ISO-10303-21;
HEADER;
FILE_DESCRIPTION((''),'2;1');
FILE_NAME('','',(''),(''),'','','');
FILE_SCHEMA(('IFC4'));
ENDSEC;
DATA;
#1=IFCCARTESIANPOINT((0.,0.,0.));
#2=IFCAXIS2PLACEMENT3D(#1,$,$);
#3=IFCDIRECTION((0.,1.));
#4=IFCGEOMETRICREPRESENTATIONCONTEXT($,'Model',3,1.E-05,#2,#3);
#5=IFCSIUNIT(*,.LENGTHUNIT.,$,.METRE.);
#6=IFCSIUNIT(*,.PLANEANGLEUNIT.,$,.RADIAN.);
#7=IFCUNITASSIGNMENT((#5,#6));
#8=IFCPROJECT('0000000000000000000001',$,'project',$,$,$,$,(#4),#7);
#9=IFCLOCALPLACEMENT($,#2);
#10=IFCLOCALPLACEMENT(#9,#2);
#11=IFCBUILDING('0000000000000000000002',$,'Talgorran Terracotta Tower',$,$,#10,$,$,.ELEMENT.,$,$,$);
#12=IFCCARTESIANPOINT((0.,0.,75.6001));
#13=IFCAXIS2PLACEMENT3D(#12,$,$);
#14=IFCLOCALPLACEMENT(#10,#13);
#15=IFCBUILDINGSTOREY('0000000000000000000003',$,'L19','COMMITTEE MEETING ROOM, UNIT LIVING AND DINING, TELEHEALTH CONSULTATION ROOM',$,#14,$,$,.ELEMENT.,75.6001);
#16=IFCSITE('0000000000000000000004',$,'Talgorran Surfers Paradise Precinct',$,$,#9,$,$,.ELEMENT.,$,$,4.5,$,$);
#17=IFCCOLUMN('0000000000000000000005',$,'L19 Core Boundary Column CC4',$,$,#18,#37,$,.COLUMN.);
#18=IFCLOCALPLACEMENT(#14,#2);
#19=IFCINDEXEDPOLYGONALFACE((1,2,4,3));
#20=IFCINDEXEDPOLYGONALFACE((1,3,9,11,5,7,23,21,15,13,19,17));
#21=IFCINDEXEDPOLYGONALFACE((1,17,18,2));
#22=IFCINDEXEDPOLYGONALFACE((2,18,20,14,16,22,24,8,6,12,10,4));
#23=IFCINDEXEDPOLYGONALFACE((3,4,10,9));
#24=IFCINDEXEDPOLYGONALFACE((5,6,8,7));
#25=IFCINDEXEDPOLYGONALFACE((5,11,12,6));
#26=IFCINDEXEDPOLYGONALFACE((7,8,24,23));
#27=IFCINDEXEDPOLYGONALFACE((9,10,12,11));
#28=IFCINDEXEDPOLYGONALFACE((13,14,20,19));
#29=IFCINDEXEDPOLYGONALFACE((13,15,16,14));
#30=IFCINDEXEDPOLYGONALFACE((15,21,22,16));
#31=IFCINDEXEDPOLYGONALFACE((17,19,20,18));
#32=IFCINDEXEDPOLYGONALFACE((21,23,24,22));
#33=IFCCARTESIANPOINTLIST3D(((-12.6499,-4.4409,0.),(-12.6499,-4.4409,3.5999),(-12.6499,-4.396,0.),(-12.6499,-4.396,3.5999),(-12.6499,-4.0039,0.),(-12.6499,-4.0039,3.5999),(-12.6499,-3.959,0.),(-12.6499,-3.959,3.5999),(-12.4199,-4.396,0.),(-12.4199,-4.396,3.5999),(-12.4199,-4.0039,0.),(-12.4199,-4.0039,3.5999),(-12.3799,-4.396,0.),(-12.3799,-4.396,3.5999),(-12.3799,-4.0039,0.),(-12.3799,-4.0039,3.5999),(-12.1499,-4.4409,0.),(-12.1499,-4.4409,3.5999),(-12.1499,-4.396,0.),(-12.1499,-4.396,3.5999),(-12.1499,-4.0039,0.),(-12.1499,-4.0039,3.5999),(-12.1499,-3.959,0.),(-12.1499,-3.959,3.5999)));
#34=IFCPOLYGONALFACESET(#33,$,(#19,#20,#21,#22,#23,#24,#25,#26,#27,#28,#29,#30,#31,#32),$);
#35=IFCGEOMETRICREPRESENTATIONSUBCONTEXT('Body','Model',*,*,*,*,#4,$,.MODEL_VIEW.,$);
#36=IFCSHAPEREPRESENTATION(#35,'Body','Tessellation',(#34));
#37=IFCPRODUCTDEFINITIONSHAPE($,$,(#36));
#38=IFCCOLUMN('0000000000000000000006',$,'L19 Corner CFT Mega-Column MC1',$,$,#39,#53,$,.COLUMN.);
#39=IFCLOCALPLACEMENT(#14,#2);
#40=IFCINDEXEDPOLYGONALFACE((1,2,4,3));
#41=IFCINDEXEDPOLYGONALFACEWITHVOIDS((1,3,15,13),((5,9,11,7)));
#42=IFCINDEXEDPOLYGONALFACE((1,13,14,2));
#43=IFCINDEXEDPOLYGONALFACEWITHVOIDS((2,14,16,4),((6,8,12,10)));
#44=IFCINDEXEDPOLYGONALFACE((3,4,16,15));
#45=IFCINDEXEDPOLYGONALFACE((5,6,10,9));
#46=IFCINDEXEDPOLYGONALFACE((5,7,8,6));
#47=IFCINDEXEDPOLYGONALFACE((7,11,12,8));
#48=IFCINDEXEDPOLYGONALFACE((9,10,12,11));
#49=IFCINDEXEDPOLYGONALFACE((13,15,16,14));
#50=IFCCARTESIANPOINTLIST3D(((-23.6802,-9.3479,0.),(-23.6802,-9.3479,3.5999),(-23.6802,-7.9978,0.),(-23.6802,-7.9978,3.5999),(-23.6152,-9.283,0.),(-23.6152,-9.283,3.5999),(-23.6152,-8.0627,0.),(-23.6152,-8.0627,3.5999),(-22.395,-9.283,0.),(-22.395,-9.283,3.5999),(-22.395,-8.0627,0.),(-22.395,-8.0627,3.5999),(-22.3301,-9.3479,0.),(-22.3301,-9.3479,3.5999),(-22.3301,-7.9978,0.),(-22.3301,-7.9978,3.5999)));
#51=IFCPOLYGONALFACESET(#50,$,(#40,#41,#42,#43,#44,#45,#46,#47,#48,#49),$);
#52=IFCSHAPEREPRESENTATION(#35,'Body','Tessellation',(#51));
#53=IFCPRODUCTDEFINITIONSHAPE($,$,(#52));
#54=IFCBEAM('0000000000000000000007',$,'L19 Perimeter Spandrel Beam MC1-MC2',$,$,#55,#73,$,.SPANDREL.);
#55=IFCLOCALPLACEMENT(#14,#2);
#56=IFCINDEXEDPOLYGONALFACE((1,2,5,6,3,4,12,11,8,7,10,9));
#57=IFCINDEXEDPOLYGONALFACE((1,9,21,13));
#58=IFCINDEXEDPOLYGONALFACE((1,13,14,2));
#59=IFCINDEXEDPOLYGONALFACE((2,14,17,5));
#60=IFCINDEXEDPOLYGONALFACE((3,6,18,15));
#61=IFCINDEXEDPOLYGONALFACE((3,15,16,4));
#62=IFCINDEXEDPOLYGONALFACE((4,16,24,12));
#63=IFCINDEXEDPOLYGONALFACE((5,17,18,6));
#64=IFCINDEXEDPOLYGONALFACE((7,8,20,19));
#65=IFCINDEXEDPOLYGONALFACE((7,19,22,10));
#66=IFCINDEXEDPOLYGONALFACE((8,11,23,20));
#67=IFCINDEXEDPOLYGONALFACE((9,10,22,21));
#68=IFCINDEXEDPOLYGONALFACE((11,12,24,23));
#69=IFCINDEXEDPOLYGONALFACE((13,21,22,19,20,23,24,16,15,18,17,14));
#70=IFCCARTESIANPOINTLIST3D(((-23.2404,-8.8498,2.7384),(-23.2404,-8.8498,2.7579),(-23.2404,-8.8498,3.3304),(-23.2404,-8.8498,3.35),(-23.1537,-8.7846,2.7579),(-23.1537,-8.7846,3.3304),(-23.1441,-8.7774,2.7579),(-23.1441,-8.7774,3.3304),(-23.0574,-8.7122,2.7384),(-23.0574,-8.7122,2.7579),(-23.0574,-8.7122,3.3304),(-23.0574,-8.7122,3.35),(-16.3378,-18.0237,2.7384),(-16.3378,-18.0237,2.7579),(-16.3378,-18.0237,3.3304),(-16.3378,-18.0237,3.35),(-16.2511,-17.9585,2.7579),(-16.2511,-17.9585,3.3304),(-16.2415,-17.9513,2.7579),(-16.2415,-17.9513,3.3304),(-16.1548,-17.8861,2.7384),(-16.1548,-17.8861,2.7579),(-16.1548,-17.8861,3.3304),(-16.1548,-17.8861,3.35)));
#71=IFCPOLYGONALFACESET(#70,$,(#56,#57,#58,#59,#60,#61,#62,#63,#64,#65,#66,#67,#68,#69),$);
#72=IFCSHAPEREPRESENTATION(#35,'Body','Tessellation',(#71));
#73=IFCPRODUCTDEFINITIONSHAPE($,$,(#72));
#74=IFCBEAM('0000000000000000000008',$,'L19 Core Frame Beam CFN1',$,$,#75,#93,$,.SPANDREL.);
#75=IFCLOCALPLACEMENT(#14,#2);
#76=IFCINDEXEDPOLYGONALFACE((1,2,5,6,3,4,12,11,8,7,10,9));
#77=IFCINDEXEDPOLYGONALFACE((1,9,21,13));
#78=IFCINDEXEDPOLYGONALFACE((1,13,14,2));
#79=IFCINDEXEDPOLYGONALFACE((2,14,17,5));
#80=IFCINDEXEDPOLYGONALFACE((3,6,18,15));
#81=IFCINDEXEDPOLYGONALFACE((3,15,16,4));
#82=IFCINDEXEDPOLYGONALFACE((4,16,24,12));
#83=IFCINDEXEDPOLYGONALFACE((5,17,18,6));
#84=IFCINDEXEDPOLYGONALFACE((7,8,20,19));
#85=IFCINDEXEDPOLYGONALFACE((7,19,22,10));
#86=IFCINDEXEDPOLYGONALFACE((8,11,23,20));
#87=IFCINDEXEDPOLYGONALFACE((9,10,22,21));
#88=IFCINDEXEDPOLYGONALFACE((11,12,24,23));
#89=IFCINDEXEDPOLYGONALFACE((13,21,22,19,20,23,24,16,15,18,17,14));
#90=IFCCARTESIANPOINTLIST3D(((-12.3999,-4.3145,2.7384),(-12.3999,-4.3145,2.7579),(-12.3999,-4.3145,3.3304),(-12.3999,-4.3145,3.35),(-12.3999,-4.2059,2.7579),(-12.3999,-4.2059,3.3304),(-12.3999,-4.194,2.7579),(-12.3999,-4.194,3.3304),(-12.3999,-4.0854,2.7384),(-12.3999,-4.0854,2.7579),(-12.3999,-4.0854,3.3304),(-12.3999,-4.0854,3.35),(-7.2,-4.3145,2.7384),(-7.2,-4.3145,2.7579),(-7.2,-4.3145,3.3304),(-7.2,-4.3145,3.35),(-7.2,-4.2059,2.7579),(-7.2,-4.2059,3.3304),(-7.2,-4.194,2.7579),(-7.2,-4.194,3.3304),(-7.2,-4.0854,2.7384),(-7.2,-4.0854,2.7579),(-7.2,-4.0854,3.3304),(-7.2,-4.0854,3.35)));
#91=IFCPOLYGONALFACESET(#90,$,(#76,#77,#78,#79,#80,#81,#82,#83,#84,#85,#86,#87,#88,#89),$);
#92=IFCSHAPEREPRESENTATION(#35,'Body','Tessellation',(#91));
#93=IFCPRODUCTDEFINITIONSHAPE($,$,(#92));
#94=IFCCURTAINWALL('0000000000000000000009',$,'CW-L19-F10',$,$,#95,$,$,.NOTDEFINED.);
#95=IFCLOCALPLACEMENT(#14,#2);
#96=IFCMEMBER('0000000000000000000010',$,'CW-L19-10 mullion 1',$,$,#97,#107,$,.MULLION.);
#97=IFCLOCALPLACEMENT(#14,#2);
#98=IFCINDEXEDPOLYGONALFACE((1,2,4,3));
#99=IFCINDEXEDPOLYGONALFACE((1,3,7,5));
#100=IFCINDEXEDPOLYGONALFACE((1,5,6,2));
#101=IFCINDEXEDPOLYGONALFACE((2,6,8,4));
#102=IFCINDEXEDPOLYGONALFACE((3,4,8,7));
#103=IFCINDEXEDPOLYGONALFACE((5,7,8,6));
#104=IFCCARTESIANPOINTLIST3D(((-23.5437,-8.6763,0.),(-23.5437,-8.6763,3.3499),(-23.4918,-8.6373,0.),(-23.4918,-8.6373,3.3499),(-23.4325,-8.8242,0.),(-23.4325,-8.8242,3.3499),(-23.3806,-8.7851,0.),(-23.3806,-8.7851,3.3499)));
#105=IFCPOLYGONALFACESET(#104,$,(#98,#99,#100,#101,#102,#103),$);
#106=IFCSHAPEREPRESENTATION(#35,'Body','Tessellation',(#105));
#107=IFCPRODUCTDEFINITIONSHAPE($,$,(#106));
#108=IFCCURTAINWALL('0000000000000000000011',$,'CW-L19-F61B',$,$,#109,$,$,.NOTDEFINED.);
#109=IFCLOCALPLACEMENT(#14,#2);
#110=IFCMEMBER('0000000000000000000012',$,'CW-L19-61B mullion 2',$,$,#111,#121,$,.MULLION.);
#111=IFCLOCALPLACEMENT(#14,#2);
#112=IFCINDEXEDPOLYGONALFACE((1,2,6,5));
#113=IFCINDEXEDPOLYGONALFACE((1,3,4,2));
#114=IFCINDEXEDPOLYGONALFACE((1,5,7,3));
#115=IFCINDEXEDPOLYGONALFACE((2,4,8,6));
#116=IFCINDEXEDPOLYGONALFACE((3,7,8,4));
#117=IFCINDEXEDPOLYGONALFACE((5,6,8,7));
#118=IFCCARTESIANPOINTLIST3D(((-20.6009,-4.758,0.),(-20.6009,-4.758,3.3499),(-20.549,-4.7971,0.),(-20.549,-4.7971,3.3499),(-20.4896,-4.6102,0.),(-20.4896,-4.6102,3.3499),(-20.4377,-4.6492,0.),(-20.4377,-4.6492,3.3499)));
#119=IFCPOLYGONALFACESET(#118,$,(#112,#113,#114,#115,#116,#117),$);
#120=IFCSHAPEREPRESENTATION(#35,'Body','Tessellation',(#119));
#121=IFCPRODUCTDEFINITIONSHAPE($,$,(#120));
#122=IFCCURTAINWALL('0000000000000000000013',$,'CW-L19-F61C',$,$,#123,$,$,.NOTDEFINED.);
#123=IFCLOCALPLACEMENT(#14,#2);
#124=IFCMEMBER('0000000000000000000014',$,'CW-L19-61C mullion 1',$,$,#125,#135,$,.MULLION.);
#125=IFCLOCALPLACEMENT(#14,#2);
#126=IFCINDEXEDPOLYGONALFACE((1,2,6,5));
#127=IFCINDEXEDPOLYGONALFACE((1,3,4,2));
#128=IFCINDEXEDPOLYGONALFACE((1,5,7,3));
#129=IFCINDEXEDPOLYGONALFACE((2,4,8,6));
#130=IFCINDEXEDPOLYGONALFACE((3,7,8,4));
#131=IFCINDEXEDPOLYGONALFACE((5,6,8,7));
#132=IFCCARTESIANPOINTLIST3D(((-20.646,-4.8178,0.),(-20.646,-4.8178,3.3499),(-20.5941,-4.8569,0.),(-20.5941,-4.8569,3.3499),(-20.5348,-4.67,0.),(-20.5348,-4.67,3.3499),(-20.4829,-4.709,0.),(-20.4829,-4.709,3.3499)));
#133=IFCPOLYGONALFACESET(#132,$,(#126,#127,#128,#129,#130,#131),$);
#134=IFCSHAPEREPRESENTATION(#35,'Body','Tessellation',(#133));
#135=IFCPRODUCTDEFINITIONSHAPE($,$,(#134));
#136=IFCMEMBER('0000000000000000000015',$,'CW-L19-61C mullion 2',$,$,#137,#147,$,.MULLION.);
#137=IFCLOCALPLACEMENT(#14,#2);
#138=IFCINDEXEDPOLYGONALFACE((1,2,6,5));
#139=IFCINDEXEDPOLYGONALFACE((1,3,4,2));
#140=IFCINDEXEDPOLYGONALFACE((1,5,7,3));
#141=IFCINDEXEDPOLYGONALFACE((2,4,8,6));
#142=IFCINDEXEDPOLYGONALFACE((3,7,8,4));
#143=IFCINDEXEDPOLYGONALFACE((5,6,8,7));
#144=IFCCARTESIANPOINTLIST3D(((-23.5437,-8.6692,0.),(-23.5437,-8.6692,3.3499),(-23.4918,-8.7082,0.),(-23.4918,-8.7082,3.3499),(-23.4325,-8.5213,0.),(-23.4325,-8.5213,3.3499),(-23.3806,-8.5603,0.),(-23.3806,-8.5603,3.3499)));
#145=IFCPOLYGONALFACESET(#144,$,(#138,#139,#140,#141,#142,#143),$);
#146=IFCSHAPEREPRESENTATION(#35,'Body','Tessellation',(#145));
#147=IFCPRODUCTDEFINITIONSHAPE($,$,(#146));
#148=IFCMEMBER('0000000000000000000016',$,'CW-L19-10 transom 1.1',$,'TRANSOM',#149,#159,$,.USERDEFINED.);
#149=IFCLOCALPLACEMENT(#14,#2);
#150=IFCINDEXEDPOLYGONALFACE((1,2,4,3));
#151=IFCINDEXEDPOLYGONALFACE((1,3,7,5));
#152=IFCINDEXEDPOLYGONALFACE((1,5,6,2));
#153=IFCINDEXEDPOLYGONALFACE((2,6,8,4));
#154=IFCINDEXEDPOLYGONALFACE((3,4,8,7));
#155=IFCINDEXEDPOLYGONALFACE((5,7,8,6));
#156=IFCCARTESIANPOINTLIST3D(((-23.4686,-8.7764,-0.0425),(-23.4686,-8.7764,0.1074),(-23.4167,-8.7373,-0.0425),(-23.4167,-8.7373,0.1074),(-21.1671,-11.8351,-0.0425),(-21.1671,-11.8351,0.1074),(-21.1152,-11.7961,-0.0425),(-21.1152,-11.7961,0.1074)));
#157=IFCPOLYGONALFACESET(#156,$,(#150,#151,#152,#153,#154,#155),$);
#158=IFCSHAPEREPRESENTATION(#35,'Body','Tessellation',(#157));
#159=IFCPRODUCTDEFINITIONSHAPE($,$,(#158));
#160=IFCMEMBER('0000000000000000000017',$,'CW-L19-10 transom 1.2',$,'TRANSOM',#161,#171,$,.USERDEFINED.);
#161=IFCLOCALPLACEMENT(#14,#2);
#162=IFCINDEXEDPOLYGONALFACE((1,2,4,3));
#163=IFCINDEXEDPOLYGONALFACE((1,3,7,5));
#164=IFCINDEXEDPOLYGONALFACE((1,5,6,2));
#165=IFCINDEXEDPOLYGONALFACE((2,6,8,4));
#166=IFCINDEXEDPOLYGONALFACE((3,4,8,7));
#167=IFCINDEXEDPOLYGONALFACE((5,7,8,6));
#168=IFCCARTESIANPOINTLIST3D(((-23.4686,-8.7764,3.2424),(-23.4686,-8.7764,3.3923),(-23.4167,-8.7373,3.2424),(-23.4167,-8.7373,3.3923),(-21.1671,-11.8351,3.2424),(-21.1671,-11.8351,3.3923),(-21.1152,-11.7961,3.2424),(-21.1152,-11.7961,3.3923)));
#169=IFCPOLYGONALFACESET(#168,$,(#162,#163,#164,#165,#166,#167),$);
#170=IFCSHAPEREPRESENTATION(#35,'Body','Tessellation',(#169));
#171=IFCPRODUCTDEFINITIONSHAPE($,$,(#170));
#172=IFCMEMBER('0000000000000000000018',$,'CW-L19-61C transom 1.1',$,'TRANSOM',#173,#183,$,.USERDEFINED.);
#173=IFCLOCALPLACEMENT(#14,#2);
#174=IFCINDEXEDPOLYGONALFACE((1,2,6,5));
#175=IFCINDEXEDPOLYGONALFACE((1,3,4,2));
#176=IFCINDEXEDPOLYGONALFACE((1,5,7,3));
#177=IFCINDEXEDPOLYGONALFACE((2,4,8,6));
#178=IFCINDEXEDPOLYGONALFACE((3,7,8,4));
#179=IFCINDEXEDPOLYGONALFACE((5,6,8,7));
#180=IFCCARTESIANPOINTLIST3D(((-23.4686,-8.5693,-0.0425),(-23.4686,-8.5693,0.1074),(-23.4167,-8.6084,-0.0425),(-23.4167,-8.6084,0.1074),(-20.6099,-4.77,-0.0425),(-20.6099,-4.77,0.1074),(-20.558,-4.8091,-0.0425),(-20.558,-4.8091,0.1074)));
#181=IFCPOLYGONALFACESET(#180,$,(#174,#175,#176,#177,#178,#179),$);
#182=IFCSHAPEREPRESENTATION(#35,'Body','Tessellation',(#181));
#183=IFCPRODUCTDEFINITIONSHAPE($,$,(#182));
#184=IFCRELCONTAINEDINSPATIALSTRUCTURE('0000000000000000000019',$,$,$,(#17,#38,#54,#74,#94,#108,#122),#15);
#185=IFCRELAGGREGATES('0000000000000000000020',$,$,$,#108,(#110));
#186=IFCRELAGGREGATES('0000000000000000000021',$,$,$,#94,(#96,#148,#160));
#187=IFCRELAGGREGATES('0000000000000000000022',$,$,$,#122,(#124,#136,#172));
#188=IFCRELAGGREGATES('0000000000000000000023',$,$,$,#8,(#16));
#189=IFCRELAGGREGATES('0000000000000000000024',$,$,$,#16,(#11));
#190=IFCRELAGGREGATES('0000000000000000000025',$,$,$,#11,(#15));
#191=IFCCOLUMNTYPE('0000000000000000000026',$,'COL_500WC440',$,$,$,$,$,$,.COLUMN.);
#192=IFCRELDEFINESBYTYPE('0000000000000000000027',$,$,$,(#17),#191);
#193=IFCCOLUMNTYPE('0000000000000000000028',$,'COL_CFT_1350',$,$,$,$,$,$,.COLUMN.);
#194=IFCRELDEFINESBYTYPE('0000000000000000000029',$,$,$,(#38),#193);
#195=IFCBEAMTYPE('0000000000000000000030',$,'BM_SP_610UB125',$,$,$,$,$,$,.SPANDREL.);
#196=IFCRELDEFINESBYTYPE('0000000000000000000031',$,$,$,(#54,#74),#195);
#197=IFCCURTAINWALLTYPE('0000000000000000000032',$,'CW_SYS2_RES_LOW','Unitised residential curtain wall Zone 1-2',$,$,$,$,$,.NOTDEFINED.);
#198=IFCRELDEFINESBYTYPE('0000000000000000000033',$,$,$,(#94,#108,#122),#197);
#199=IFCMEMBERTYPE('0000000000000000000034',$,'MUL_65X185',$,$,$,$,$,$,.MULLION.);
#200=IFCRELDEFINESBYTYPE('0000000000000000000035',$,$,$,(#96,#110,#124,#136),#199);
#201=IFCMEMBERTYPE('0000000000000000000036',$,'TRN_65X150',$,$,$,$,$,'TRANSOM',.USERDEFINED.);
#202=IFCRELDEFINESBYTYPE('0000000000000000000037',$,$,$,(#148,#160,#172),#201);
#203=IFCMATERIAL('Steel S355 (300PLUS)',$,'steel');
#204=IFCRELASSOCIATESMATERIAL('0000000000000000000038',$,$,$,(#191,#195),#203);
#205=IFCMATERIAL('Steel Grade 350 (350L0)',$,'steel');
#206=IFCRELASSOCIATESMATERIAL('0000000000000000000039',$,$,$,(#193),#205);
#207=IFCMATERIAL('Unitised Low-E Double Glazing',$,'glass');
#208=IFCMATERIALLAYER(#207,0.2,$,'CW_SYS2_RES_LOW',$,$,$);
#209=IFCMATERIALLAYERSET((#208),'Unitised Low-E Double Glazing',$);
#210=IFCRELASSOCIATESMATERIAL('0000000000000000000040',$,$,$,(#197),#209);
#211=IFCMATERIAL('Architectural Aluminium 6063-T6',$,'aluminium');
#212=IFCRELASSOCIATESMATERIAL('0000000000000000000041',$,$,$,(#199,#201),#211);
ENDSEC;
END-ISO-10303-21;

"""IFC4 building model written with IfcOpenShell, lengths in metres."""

from ifc_helpers import new_model, si_unit, direction, frame, origin, origin_2d, place, context, subcontext, project, spatial, rectangle, hollow_rectangle, i_section, extrude, material, layer, layer_set, material_profile, profile_set, type_object, element, aggregate, save


model = new_model("IFC4")

# Units and contexts
model_context = context("Model", 3, precision=1e-05, world=origin(), true_north=direction((0.0, 1.0)))
body_context = subcontext(model_context, "Body", "Model", "MODEL_VIEW")
ifc_project = project(units=[si_unit("LENGTHUNIT", "METRE"), si_unit("PLANEANGLEUNIT", "RADIAN")], contexts=[model_context])

# Site, building, storey
site_placement = place(None, origin())
site = spatial("IfcSite", under=ifc_project, at=site_placement, Name="Talgorran Surfers Paradise Precinct", CompositionType="ELEMENT", RefElevation=4.5)
building_placement = place(site_placement, origin())
building = spatial("IfcBuilding", under=site, at=building_placement, Name="Talgorran Terracotta Tower", CompositionType="ELEMENT")
storey_placement = place(building_placement, frame((0.0, 0.0, 75.6001)))
storey = spatial("IfcBuildingStorey", under=building, at=storey_placement, Name="L19", Description="COMMITTEE MEETING ROOM, UNIT LIVING AND DINING, TELEHEALTH CONSULTATION ROOM", CompositionType="ELEMENT", Elevation=75.6001)

# Columns
ifc_material_1 = material(Name="Steel S355 (300PLUS)", Category="steel")
ifc_material_profile_1 = material_profile(ifc_material_1, i_section(OverallWidth=0.5, OverallDepth=0.4819, WebThickness=0.04, FlangeThickness=0.0449, at=origin_2d()), Name="500WC440")
ifc_profile_set_1 = profile_set([ifc_material_profile_1], Name="Steel S355 (300PLUS)")
column_type_1 = type_object("IfcColumnType", Name="COL_500WC440", PredefinedType="COLUMN", material=ifc_profile_set_1)
column_1_placement = place(storey_placement, frame((-12.3999, -4.2, 0.0), z_axis=(0.0, 0.0, 1.0), x_axis=(1.0, 0.0, 0.0)))
element("IfcColumn", 1, at=column_1_placement, inside=storey, type_object=column_type_1, Name="L19 Core Boundary Column CC4", PredefinedType="COLUMN", context=body_context, shape_type="SweptSolid", body=[
    extrude(i_section(OverallWidth=0.5, OverallDepth=0.4819, WebThickness=0.04, FlangeThickness=0.0449, at=origin_2d()), origin(), (0.0, 0.0, 1.0), 3.5999),
])
ifc_material_2 = material(Name="Steel Grade 350 (350L0)", Category="steel")
ifc_material_profile_2 = material_profile(ifc_material_2, hollow_rectangle(XDim=1.3501, YDim=1.3501, WallThickness=0.0649, at=origin_2d()), Name="CFT1350X1350X65")
ifc_profile_set_2 = profile_set([ifc_material_profile_2], Name="Steel Grade 350 (350L0)")
column_type_2 = type_object("IfcColumnType", Name="COL_CFT_1350", PredefinedType="COLUMN", material=ifc_profile_set_2)
column_2_placement = place(storey_placement, frame((-23.0051, -8.6729, 0.0), z_axis=(0.0, 0.0, 1.0), x_axis=(1.0, 0.0, 0.0)))
element("IfcColumn", 2, at=column_2_placement, inside=storey, type_object=column_type_2, Name="L19 Corner CFT Mega-Column MC1", PredefinedType="COLUMN", context=body_context, shape_type="SweptSolid", body=[
    extrude(hollow_rectangle(XDim=1.3501, YDim=1.3501, WallThickness=0.0649, at=origin_2d()), origin(), (0.0, 0.0, 1.0), 3.5999),
])

# Beams
ifc_material_profile_3 = material_profile(ifc_material_1, i_section(OverallWidth=0.229, OverallDepth=0.6116, WebThickness=0.012, FlangeThickness=0.0195, at=origin_2d()), Name="610UB125")
ifc_profile_set_3 = profile_set([ifc_material_profile_3], Name="Steel S355 (300PLUS)")
beam_type = type_object("IfcBeamType", Name="BM_SP_610UB125", PredefinedType="SPANDREL", material=ifc_profile_set_3)
beam_1_placement = place(storey_placement, frame((-23.1489, -8.781, 3.0442), z_axis=(0.601238, -0.79907, 0.0), x_axis=(0.79907, 0.601238, 0.0)))
element("IfcBeam", 3, at=beam_1_placement, inside=storey, type_object=beam_type, Name="L19 Perimeter Spandrel Beam MC1-MC2", PredefinedType="SPANDREL", context=body_context, shape_type="SweptSolid", body=[
    extrude(i_section(OverallWidth=0.229, OverallDepth=0.6116, WebThickness=0.012, FlangeThickness=0.0195, at=origin_2d()), origin(), (0.0, 0.0, 1.0), 11.4807),
])
beam_2_placement = place(storey_placement, frame((-12.3999, -4.2, 3.0442), z_axis=(1.0, 0.0, 0.0), x_axis=(0.0, 1.0, 0.0)))
element("IfcBeam", 4, at=beam_2_placement, inside=storey, type_object=beam_type, Name="L19 Core Frame Beam CFN1", PredefinedType="SPANDREL", context=body_context, shape_type="SweptSolid", body=[
    extrude(i_section(OverallWidth=0.229, OverallDepth=0.6116, WebThickness=0.012, FlangeThickness=0.0195, at=origin_2d()), origin(), (0.0, 0.0, 1.0), 5.2),
])

# Curtain walls, members
ifc_material_3 = material(Name="Unitised Low-E Double Glazing", Category="glass")
ifc_layer_1 = layer(ifc_material_3, 0.2, Name="CW_SYS2_RES_LOW")
ifc_layer_set_1 = layer_set([ifc_layer_1], Name="Unitised Low-E Double Glazing")
curtain_wall_type = type_object("IfcCurtainWallType", Name="CW_SYS2_RES_LOW", Description="Unitised residential curtain wall Zone 1-2", PredefinedType="NOTDEFINED", material=ifc_layer_set_1)
curtain_wall_1_placement = place(storey_placement, origin())
curtain_wall_1 = element("IfcCurtainWall", 5, at=curtain_wall_1_placement, inside=storey, type_object=curtain_wall_type, Name="CW-L19-F10", PredefinedType="NOTDEFINED")
ifc_material_4 = material(Name="Architectural Aluminium 6063-T6", Category="aluminium")
ifc_material_profile_4 = material_profile(ifc_material_4, rectangle(XDim=0.0649, YDim=0.1851, at=origin_2d()), Name="CWM65X185")
ifc_profile_set_4 = profile_set([ifc_material_profile_4], Name="Architectural Aluminium 6063-T6")
member_type_1 = type_object("IfcMemberType", Name="MUL_65X185", PredefinedType="MULLION", material=ifc_profile_set_4)
member_1_placement = place(storey_placement, frame((-23.4622, -8.7307, 0.0), z_axis=(0.0, 0.0, 1.0), x_axis=(0.799056, 0.601256, 0.0)))
member_1 = element("IfcMember", 6, at=member_1_placement, type_object=member_type_1, Name="CW-L19-10 mullion 1", PredefinedType="MULLION", context=body_context, shape_type="SweptSolid", body=[
    extrude(rectangle(XDim=0.0649, YDim=0.1851, at=origin_2d()), origin(), (0.0, 0.0, 1.0), 3.3499),
])
curtain_wall_2_placement = place(storey_placement, origin())
curtain_wall_2 = element("IfcCurtainWall", 7, at=curtain_wall_2_placement, inside=storey, type_object=curtain_wall_type, Name="CW-L19-F61B", PredefinedType="NOTDEFINED")
member_2_placement = place(storey_placement, frame((-20.5193, -4.7036, 0.0), z_axis=(0.0, 0.0, 1.0), x_axis=(0.799063, -0.601247, 0.0)))
member_2 = element("IfcMember", 8, at=member_2_placement, type_object=member_type_1, Name="CW-L19-61B mullion 2", PredefinedType="MULLION", context=body_context, shape_type="SweptSolid", body=[
    extrude(rectangle(XDim=0.0649, YDim=0.1851, at=origin_2d()), origin(), (0.0, 0.0, 1.0), 3.3499),
])
aggregate(curtain_wall_2, [member_2])

# Curtain wall, members
curtain_wall_3_placement = place(storey_placement, origin())
curtain_wall_3 = element("IfcCurtainWall", 9, at=curtain_wall_3_placement, inside=storey, type_object=curtain_wall_type, Name="CW-L19-F61C", PredefinedType="NOTDEFINED")
member_3_placement = place(storey_placement, frame((-20.5645, -4.7634, 0.0), z_axis=(0.0, 0.0, 1.0), x_axis=(0.799073, -0.601234, 0.0)))
member_3 = element("IfcMember", 10, at=member_3_placement, type_object=member_type_1, Name="CW-L19-61C mullion 1", PredefinedType="MULLION", context=body_context, shape_type="SweptSolid", body=[
    extrude(rectangle(XDim=0.0649, YDim=0.1851, at=origin_2d()), origin(), (0.0, 0.0, 1.0), 3.3499),
])
member_4_placement = place(storey_placement, frame((-23.4622, -8.6147, 0.0), z_axis=(0.0, 0.0, 1.0), x_axis=(0.799073, -0.601234, 0.0)))
member_4 = element("IfcMember", 11, at=member_4_placement, type_object=member_type_1, Name="CW-L19-61C mullion 2", PredefinedType="MULLION", context=body_context, shape_type="SweptSolid", body=[
    extrude(rectangle(XDim=0.0649, YDim=0.1851, at=origin_2d()), origin(), (0.0, 0.0, 1.0), 3.3499),
])

# Members
ifc_material_profile_5 = material_profile(ifc_material_4, rectangle(XDim=0.0649, YDim=0.1499, at=origin_2d()), Name="CWT65X150")
ifc_profile_set_5 = profile_set([ifc_material_profile_5], Name="Architectural Aluminium 6063-T6")
member_type_2 = type_object("IfcMemberType", Name="TRN_65X150", ElementType="TRANSOM", PredefinedType="USERDEFINED", material=ifc_profile_set_5)
member_5_placement = place(storey_placement, frame((-23.4426, -8.7568, 0.0325), z_axis=(0.601234, -0.799073, 0.0), x_axis=(0.799073, 0.601234, 0.0)))
member_5 = element("IfcMember", 12, at=member_5_placement, type_object=member_type_2, Name="CW-L19-10 transom 1.1", ObjectType="TRANSOM", PredefinedType="USERDEFINED", context=body_context, shape_type="SweptSolid", body=[
    extrude(rectangle(XDim=0.0649, YDim=0.1499, at=origin_2d()), origin(), (0.0, 0.0, 1.0), 3.8279),
])
member_6_placement = place(storey_placement, frame((-23.4426, -8.7568, 3.3174), z_axis=(0.601234, -0.799073, 0.0), x_axis=(0.799073, 0.601234, 0.0)))
member_6 = element("IfcMember", 13, at=member_6_placement, type_object=member_type_2, Name="CW-L19-10 transom 1.2", ObjectType="TRANSOM", PredefinedType="USERDEFINED", context=body_context, shape_type="SweptSolid", body=[
    extrude(rectangle(XDim=0.0649, YDim=0.1499, at=origin_2d()), origin(), (0.0, 0.0, 1.0), 3.8279),
])
member_7_placement = place(storey_placement, frame((-20.584, -4.7896, 0.0325), z_axis=(-0.601232, -0.799075, 0.0), x_axis=(0.799075, -0.601232, 0.0)))
member_7 = element("IfcMember", 14, at=member_7_placement, type_object=member_type_2, Name="CW-L19-61C transom 1.1", ObjectType="TRANSOM", PredefinedType="USERDEFINED", context=body_context, shape_type="SweptSolid", body=[
    extrude(rectangle(XDim=0.0649, YDim=0.1499, at=origin_2d()), origin(), (0.0, 0.0, 1.0), 4.7546),
])

aggregate(curtain_wall_1, [member_1, member_5, member_6])
aggregate(curtain_wall_3, [member_3, member_4, member_7])

save(model, "model.ifc")
